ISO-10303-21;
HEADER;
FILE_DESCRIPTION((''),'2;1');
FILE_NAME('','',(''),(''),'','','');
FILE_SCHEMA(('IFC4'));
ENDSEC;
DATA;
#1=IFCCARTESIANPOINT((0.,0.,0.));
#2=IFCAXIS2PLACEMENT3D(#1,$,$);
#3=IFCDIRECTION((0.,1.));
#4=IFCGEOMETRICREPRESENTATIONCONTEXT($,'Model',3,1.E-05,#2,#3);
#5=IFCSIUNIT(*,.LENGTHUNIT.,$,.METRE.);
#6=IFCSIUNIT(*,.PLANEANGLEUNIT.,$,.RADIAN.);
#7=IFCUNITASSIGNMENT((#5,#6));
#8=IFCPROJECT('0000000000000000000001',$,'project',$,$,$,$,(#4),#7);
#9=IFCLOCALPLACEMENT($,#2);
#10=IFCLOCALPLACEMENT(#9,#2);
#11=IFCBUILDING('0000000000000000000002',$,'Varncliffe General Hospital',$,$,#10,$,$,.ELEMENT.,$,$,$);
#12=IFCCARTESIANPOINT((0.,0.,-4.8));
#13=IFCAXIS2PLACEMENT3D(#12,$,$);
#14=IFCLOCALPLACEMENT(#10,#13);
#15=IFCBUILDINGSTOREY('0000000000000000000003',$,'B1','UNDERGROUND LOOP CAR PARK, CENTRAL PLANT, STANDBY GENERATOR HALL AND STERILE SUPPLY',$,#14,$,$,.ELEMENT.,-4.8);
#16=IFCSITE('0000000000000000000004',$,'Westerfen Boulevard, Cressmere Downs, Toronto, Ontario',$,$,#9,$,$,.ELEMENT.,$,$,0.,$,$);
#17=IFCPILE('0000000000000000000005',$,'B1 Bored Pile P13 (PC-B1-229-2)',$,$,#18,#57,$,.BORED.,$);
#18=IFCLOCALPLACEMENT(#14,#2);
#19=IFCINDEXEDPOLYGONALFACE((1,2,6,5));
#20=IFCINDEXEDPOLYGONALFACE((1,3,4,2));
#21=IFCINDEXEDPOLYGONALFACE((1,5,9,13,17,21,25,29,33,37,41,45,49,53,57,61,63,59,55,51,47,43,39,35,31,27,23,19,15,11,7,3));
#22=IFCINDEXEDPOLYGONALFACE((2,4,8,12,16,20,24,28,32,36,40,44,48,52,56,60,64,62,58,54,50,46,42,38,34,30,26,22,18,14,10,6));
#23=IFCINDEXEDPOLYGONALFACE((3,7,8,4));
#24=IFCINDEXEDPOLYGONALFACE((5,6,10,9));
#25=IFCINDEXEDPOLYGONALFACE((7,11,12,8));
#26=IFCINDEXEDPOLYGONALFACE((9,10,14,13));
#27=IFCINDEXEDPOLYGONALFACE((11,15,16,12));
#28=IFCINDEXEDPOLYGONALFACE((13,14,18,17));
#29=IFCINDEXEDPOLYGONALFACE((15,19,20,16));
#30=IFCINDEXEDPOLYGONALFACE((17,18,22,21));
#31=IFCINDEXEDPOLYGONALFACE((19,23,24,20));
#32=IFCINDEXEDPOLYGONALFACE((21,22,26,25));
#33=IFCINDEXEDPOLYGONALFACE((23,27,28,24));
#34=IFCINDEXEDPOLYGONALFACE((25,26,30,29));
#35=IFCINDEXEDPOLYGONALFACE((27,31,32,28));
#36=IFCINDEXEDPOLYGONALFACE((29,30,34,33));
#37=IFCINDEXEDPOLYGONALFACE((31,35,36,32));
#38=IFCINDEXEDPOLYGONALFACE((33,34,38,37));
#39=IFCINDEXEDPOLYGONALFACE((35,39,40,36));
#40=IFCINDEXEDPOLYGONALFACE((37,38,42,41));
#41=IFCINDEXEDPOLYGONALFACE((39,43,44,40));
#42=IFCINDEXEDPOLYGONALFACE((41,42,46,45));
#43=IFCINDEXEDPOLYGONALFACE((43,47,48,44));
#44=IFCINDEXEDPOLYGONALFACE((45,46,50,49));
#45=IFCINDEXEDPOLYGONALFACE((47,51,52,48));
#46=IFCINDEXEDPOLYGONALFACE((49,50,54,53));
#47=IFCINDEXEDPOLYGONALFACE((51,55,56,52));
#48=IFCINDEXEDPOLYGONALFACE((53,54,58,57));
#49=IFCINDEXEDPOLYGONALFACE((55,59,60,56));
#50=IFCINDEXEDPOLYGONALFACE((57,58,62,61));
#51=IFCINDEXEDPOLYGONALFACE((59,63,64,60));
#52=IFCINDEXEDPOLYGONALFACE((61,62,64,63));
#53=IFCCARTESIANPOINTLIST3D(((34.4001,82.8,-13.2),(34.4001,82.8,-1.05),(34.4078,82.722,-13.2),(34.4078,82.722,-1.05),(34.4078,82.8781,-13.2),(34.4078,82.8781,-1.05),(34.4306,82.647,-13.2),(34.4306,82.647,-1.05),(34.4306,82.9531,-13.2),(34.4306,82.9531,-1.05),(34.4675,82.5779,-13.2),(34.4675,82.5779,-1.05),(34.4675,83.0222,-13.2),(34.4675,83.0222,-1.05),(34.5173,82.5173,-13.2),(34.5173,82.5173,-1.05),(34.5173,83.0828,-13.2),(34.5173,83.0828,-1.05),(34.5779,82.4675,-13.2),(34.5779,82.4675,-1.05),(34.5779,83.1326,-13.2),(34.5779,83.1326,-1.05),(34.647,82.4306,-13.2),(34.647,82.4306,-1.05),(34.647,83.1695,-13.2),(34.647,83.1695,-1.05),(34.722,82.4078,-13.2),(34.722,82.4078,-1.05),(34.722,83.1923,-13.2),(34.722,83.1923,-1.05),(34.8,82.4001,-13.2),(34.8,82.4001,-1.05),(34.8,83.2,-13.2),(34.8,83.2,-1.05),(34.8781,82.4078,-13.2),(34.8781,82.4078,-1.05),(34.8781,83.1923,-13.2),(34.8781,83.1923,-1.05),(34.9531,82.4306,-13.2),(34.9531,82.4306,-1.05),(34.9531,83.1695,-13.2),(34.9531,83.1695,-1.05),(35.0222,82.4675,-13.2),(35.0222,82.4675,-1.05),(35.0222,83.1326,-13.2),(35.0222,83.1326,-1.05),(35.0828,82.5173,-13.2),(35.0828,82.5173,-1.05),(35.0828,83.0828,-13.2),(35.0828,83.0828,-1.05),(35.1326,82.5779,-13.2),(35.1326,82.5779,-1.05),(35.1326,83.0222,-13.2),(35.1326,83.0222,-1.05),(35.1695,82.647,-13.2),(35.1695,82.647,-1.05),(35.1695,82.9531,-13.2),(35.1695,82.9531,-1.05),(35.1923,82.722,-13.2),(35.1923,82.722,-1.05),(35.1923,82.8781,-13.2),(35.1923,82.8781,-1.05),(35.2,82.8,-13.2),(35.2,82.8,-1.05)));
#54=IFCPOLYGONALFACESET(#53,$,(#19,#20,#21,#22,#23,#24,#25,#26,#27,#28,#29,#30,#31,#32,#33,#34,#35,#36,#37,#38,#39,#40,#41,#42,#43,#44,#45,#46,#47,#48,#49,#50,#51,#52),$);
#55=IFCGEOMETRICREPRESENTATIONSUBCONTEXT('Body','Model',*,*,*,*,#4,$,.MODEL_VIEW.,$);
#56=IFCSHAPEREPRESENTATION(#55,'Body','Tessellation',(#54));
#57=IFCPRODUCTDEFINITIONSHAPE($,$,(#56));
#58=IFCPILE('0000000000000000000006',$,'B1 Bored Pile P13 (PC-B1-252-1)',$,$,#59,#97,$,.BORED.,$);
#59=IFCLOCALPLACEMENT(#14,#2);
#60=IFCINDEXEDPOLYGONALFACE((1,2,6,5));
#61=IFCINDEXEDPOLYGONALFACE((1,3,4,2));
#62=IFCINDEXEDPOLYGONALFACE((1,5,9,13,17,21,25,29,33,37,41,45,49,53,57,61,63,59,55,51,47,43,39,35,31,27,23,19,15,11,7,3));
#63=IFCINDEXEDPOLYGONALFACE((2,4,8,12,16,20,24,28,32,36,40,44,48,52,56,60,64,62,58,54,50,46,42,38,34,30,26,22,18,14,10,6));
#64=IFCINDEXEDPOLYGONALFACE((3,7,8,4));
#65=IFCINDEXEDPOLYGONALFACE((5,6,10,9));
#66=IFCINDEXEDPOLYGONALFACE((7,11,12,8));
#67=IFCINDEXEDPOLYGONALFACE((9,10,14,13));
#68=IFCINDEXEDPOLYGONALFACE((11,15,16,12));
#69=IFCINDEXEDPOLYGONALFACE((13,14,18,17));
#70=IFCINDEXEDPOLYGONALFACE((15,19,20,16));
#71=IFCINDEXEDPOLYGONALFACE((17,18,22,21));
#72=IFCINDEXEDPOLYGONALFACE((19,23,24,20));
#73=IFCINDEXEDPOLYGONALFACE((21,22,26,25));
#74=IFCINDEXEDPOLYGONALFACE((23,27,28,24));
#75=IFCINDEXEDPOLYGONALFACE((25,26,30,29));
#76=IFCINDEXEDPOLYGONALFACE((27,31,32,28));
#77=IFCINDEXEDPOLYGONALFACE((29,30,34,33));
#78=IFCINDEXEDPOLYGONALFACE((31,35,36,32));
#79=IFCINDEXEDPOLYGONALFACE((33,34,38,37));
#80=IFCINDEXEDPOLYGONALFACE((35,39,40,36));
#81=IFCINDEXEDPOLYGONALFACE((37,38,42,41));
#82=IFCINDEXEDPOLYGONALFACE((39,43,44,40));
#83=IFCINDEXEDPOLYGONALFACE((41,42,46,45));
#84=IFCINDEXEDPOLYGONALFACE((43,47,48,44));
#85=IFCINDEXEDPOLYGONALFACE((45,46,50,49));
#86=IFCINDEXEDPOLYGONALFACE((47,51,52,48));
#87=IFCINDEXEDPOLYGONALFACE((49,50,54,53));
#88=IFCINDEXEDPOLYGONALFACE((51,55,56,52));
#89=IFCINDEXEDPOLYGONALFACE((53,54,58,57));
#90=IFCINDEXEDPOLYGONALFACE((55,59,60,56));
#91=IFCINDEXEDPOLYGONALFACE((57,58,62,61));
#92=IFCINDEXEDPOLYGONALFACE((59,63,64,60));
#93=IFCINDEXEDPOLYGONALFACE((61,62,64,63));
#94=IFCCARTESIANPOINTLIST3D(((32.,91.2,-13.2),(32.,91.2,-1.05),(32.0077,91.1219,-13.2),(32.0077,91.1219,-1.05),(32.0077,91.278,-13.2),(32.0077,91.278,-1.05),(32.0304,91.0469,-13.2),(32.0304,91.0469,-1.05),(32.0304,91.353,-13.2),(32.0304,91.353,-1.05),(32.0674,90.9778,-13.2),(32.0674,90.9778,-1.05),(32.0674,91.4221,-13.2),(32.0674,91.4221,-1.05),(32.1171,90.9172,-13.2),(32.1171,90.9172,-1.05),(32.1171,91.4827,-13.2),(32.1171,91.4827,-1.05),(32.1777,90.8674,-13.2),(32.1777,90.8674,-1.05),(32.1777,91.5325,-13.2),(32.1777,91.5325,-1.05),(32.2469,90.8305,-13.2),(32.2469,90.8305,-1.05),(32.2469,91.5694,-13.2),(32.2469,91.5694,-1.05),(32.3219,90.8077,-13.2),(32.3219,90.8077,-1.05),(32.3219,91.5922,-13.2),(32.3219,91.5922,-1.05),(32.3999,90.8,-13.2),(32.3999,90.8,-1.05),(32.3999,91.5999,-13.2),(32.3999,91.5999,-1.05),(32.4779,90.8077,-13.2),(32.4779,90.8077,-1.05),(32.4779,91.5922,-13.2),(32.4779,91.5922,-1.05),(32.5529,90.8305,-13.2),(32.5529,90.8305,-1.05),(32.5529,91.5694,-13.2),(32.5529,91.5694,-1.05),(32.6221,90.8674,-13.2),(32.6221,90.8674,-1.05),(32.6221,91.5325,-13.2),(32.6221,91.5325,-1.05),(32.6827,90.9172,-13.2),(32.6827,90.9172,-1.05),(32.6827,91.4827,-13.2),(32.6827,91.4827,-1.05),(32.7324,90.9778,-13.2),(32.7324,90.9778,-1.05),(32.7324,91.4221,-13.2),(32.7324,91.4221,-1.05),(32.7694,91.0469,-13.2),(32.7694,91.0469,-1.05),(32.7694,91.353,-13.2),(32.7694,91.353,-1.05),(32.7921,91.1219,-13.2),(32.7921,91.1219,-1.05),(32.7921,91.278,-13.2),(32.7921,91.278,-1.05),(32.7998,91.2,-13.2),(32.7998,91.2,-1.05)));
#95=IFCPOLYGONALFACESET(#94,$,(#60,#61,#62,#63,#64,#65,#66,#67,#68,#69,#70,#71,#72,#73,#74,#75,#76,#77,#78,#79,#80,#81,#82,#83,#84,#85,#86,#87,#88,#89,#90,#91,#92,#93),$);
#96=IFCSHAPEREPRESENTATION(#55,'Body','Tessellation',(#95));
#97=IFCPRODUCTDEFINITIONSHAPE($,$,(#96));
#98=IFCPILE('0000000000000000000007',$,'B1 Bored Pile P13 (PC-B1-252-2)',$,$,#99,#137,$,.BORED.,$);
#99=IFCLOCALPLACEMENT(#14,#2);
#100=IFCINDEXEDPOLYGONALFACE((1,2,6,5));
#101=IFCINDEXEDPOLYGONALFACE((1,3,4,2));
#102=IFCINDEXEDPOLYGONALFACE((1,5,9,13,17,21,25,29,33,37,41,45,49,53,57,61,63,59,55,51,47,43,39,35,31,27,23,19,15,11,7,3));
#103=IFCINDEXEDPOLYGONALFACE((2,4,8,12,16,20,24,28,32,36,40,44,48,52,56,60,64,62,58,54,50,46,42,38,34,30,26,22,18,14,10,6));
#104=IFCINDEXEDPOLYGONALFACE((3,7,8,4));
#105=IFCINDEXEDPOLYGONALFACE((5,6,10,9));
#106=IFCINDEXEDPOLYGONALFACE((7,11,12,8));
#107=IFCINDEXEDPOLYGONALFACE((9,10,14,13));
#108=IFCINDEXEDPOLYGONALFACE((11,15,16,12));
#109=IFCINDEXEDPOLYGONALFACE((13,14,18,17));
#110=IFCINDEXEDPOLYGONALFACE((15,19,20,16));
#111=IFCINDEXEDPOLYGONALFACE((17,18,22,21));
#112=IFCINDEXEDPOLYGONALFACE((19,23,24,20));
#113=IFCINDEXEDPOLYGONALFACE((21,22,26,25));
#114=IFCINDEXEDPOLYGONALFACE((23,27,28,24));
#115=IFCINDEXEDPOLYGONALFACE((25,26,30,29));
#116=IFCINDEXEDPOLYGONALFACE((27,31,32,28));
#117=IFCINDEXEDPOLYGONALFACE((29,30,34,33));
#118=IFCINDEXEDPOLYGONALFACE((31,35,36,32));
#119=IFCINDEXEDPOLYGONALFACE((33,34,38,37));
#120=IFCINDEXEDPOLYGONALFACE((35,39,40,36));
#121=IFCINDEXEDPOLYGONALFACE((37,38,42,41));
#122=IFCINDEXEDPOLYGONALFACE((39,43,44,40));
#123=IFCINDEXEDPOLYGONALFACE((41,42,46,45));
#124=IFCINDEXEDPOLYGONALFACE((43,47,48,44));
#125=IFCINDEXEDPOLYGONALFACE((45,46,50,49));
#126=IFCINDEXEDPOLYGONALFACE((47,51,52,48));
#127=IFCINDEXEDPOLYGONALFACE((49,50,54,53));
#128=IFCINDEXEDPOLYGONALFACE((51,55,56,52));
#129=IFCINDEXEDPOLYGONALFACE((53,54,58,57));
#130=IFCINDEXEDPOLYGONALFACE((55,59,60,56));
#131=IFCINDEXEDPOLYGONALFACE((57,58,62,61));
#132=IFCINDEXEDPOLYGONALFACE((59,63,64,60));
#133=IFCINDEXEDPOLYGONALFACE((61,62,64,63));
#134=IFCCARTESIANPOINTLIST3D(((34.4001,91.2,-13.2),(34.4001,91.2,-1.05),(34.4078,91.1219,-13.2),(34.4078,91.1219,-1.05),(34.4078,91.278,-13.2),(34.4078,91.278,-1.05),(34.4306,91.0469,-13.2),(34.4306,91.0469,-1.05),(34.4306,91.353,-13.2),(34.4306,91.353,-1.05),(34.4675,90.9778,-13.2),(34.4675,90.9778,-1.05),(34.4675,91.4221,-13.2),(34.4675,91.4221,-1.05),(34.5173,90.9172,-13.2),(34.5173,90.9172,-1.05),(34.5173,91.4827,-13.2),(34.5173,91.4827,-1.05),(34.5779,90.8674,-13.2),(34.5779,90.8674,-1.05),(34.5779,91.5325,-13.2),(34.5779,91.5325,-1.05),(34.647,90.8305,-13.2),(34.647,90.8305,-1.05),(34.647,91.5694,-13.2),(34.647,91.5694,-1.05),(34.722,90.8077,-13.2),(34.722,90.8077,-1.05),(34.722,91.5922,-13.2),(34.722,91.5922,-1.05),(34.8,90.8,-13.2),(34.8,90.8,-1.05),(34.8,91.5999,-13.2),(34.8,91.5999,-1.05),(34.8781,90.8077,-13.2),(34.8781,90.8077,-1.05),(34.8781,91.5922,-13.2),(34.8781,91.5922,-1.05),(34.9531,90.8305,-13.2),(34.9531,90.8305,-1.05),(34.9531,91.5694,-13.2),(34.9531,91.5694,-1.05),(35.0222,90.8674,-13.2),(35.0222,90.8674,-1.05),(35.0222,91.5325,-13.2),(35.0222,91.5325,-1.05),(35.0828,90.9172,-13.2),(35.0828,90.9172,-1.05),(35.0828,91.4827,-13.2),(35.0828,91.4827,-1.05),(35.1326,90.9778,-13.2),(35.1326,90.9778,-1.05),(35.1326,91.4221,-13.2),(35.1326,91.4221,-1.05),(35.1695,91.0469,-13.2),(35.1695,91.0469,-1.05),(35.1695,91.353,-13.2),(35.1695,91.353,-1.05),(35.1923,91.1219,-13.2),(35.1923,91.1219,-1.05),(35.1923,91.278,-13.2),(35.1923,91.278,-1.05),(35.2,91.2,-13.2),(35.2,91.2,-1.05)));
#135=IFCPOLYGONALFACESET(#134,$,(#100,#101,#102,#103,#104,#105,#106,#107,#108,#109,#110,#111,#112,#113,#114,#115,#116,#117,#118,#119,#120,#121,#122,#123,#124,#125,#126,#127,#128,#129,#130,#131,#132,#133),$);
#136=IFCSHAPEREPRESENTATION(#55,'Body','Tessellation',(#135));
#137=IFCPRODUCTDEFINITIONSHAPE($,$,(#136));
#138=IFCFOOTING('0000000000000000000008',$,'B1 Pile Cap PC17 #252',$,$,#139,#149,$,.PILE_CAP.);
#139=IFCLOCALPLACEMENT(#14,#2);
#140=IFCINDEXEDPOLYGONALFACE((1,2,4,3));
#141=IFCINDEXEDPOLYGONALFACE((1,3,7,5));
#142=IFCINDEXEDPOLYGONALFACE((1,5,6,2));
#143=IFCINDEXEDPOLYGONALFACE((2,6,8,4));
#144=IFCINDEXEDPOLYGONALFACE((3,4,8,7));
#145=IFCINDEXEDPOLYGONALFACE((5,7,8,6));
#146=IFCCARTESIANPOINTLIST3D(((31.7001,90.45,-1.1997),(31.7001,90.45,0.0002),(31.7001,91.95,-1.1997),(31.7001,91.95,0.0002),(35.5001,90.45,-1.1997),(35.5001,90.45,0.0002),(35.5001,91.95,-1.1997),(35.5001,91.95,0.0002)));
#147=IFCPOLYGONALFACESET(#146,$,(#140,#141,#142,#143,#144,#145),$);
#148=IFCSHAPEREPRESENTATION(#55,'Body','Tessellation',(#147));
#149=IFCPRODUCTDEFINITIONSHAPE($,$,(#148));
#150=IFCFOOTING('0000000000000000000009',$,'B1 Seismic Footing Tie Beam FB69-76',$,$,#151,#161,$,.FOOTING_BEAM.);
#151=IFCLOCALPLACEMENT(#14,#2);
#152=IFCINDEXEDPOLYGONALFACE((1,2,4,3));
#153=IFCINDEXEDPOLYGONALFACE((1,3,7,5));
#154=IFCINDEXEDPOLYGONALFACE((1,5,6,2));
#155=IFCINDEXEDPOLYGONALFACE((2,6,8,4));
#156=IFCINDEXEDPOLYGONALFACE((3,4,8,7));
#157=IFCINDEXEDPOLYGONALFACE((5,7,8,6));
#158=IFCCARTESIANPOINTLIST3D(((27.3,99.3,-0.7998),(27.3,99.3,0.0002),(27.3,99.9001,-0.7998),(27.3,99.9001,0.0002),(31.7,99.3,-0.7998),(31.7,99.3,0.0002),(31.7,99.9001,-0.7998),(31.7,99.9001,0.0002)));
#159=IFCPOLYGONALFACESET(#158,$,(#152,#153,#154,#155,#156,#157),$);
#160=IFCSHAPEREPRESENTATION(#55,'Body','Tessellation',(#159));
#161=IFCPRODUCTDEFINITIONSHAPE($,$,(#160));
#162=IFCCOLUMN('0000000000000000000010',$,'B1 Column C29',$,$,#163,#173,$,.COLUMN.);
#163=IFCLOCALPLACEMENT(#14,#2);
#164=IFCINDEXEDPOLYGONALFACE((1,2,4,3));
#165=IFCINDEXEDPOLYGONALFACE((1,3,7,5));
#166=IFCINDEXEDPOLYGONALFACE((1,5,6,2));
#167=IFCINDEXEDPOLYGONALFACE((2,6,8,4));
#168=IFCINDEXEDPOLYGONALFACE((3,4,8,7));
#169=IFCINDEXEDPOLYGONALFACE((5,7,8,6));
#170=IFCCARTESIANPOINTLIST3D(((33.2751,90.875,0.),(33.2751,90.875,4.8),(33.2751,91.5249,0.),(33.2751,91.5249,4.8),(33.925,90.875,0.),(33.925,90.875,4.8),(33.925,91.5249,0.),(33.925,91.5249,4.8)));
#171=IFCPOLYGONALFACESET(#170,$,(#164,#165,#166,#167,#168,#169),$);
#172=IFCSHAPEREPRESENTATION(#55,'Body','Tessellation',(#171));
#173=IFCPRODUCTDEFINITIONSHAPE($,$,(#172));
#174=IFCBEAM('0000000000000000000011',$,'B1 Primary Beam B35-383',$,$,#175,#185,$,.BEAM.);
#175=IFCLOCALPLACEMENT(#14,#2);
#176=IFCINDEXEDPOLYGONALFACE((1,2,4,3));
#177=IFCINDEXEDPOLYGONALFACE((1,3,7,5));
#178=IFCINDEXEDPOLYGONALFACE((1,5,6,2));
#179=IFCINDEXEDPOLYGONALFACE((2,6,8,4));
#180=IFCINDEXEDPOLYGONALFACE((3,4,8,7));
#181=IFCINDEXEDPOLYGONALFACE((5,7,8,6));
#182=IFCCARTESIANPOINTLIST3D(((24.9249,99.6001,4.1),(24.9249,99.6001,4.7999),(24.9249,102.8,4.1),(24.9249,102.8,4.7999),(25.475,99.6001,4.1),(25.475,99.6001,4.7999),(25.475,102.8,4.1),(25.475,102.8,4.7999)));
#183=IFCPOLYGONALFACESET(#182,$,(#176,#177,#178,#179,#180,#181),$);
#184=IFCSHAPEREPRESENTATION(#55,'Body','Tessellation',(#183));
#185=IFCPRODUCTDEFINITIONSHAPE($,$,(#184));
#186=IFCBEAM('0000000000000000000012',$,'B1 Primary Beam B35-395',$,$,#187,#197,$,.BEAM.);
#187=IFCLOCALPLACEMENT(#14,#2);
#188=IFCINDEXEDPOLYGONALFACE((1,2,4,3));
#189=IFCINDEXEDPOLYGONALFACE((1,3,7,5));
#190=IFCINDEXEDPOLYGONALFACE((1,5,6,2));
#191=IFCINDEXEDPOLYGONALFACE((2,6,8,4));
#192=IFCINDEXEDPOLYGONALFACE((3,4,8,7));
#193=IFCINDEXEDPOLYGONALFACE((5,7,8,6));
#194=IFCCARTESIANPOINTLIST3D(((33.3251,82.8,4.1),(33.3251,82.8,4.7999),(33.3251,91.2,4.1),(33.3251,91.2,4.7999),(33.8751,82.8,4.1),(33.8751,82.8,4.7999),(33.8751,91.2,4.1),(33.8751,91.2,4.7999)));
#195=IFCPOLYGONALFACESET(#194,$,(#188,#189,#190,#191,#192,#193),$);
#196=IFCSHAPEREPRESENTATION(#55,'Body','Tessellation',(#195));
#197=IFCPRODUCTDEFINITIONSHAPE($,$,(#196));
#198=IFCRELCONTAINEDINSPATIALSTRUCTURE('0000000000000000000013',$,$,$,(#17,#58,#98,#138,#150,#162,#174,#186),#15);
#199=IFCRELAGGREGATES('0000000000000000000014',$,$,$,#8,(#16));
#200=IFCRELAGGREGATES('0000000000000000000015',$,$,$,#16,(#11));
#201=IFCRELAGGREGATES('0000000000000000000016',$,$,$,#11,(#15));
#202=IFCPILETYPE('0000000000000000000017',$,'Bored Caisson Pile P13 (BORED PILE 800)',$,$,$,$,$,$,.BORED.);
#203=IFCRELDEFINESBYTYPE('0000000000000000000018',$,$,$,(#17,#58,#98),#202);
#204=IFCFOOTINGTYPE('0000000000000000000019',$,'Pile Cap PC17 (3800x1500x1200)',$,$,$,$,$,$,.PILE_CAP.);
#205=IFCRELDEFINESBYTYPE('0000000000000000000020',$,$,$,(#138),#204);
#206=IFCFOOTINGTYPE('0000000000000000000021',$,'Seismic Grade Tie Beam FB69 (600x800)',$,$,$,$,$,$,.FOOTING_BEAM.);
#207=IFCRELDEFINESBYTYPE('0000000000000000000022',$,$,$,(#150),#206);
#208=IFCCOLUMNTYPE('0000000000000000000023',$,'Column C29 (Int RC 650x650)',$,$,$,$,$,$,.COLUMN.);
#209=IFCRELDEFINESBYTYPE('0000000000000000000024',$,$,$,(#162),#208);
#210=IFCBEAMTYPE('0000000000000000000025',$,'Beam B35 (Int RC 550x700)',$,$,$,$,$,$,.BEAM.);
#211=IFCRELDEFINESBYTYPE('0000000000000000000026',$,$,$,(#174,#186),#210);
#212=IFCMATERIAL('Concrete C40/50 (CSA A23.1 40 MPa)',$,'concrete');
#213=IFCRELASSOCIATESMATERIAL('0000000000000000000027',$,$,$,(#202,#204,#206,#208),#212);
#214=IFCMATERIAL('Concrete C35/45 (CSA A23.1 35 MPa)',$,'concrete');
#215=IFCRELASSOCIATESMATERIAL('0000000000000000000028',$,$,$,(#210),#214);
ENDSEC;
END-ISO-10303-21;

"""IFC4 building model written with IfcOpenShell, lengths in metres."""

from ifc_helpers import new_model, si_unit, direction, frame, origin, origin_2d, place, context, subcontext, project, spatial, rectangle, circle, extrude, material, material_profile, profile_set, type_object, element, save


model = new_model("IFC4")

# Units and contexts
model_context = context("Model", 3, precision=1e-05, world=origin(), true_north=direction((0.0, 1.0)))
body_context = subcontext(model_context, "Body", "Model", "MODEL_VIEW")
ifc_project = project(units=[si_unit("LENGTHUNIT", "METRE"), si_unit("PLANEANGLEUNIT", "RADIAN")], contexts=[model_context])

# Site, building, storey
site_placement = place(None, origin())
site = spatial("IfcSite", under=ifc_project, at=site_placement, Name="Westerfen Boulevard, Cressmere Downs, Toronto, Ontario", CompositionType="ELEMENT", RefElevation=0.0)
building_placement = place(site_placement, origin())
building = spatial("IfcBuilding", under=site, at=building_placement, Name="Varncliffe General Hospital", CompositionType="ELEMENT")
storey_placement = place(building_placement, frame((0.0, 0.0, -4.8)))
storey = spatial("IfcBuildingStorey", under=building, at=storey_placement, Name="B1", Description="UNDERGROUND LOOP CAR PARK, CENTRAL PLANT, STANDBY GENERATOR HALL AND STERILE SUPPLY", CompositionType="ELEMENT", Elevation=-4.8)

# Piles
ifc_material_1 = material(Name="Concrete C40/50 (CSA A23.1 40 MPa)", Category="concrete")
ifc_material_profile_1 = material_profile(ifc_material_1, circle(Radius=0.3999, at=origin_2d()), Name="BORED PILE 800")
ifc_profile_set_1 = profile_set([ifc_material_profile_1], Name="Concrete C40/50 (CSA A23.1 40 MPa)")
pile_type = type_object("IfcPileType", Name="Bored Caisson Pile P13 (BORED PILE 800)", PredefinedType="BORED", material=ifc_profile_set_1)
for number, where, z_axis, x_axis, name in (
    (1, (34.8, 82.8, -1.05), (0.0, 0.0, -1.0), (1.0, 0.0, 0.0), "B1 Bored Pile P13 (PC-B1-229-2)"),
    (2, (32.3999, 91.2, -1.05), (0.0, 0.0, -1.0), (1.0, 0.0, 0.0), "B1 Bored Pile P13 (PC-B1-252-1)"),
    (3, (34.8, 91.2, -1.05), (0.0, 0.0, -1.0), (1.0, 0.0, 0.0), "B1 Bored Pile P13 (PC-B1-252-2)"),
):
    element("IfcPile", number, at=place(storey_placement, frame(where, z_axis=z_axis, x_axis=x_axis)), inside=storey, type_object=pile_type, Name=name, PredefinedType="BORED", context=body_context, shape_type="SweptSolid", body=[
        extrude(circle(Radius=0.3999, at=origin_2d()), origin(), (0.0, 0.0, 1.0), 12.1499),
    ])

# Footings
footing_type_1 = type_object("IfcFootingType", Name="Pile Cap PC17 (3800x1500x1200)", PredefinedType="PILE_CAP", material=ifc_material_1)
footing_1_placement = place(storey_placement, frame((33.6001, 91.2, -1.1997), z_axis=(0.0, 0.0, 1.0), x_axis=(1.0, 0.0, 0.0)))
element("IfcFooting", 4, at=footing_1_placement, inside=storey, type_object=footing_type_1, Name="B1 Pile Cap PC17 #252", PredefinedType="PILE_CAP", context=body_context, shape_type="SweptSolid", body=[
    extrude(rectangle(XDim=3.8, YDim=1.5, at=origin_2d()), origin(), (0.0, 0.0, 1.0), 1.2),
])
footing_type_2 = type_object("IfcFootingType", Name="Seismic Grade Tie Beam FB69 (600x800)", PredefinedType="FOOTING_BEAM", material=ifc_material_1)
footing_2_placement = place(storey_placement, frame((29.5, 99.6001, -0.7998), z_axis=(0.0, 0.0, 1.0), x_axis=(1.0, 0.0, 0.0)))
element("IfcFooting", 5, at=footing_2_placement, inside=storey, type_object=footing_type_2, Name="B1 Seismic Footing Tie Beam FB69-76", PredefinedType="FOOTING_BEAM", context=body_context, shape_type="SweptSolid", body=[
    extrude(rectangle(XDim=4.3999, YDim=0.6001, at=origin_2d()), origin(), (0.0, 0.0, 1.0), 0.8),
])

# Column
ifc_material_profile_2 = material_profile(ifc_material_1, rectangle(XDim=0.6499, YDim=0.6499, at=origin_2d()), Name="RC 650x650")
ifc_profile_set_2 = profile_set([ifc_material_profile_2], Name="Concrete C40/50 (CSA A23.1 40 MPa)")
column_type = type_object("IfcColumnType", Name="Column C29 (Int RC 650x650)", PredefinedType="COLUMN", material=ifc_profile_set_2)
column_placement = place(storey_placement, frame((33.6001, 91.2, 0.0), z_axis=(0.0, 0.0, 1.0), x_axis=(1.0, 0.0, 0.0)))
element("IfcColumn", 6, at=column_placement, inside=storey, type_object=column_type, Name="B1 Column C29", PredefinedType="COLUMN", context=body_context, shape_type="SweptSolid", body=[
    extrude(rectangle(XDim=0.6499, YDim=0.6499, at=origin_2d()), origin(), (0.0, 0.0, 1.0), 4.8),
])

# Beams
ifc_material_2 = material(Name="Concrete C35/45 (CSA A23.1 35 MPa)", Category="concrete")
ifc_material_profile_3 = material_profile(ifc_material_2, rectangle(XDim=0.55, YDim=0.7, at=origin_2d()), Name="RC 550x700")
ifc_profile_set_3 = profile_set([ifc_material_profile_3], Name="Concrete C35/45 (CSA A23.1 35 MPa)")
beam_type_1 = type_object("IfcBeamType", Name="Beam B35 (Int RC 550x700)", PredefinedType="BEAM", material=ifc_profile_set_3)
beam_1_placement = place(storey_placement, frame((25.2, 99.6001, 4.45), z_axis=(0.0, 1.0, 0.0), x_axis=(-1.0, 0.0, 0.0)))
element("IfcBeam", 7, at=beam_1_placement, inside=storey, type_object=beam_type_1, Name="B1 Primary Beam B35-383", PredefinedType="BEAM", context=body_context, shape_type="SweptSolid", body=[
    extrude(rectangle(XDim=0.55, YDim=0.7, at=origin_2d()), origin(), (0.0, 0.0, 1.0), 3.2),
])
beam_2_placement = place(storey_placement, frame((33.6001, 82.8, 4.45), z_axis=(0.0, 1.0, 0.0), x_axis=(-1.0, 0.0, 0.0)))
element("IfcBeam", 8, at=beam_2_placement, inside=storey, type_object=beam_type_1, Name="B1 Primary Beam B35-395", PredefinedType="BEAM", context=body_context, shape_type="SweptSolid", body=[
    extrude(rectangle(XDim=0.55, YDim=0.7, at=origin_2d()), origin(), (0.0, 0.0, 1.0), 8.3999),
])

save(model, "model.ifc")
